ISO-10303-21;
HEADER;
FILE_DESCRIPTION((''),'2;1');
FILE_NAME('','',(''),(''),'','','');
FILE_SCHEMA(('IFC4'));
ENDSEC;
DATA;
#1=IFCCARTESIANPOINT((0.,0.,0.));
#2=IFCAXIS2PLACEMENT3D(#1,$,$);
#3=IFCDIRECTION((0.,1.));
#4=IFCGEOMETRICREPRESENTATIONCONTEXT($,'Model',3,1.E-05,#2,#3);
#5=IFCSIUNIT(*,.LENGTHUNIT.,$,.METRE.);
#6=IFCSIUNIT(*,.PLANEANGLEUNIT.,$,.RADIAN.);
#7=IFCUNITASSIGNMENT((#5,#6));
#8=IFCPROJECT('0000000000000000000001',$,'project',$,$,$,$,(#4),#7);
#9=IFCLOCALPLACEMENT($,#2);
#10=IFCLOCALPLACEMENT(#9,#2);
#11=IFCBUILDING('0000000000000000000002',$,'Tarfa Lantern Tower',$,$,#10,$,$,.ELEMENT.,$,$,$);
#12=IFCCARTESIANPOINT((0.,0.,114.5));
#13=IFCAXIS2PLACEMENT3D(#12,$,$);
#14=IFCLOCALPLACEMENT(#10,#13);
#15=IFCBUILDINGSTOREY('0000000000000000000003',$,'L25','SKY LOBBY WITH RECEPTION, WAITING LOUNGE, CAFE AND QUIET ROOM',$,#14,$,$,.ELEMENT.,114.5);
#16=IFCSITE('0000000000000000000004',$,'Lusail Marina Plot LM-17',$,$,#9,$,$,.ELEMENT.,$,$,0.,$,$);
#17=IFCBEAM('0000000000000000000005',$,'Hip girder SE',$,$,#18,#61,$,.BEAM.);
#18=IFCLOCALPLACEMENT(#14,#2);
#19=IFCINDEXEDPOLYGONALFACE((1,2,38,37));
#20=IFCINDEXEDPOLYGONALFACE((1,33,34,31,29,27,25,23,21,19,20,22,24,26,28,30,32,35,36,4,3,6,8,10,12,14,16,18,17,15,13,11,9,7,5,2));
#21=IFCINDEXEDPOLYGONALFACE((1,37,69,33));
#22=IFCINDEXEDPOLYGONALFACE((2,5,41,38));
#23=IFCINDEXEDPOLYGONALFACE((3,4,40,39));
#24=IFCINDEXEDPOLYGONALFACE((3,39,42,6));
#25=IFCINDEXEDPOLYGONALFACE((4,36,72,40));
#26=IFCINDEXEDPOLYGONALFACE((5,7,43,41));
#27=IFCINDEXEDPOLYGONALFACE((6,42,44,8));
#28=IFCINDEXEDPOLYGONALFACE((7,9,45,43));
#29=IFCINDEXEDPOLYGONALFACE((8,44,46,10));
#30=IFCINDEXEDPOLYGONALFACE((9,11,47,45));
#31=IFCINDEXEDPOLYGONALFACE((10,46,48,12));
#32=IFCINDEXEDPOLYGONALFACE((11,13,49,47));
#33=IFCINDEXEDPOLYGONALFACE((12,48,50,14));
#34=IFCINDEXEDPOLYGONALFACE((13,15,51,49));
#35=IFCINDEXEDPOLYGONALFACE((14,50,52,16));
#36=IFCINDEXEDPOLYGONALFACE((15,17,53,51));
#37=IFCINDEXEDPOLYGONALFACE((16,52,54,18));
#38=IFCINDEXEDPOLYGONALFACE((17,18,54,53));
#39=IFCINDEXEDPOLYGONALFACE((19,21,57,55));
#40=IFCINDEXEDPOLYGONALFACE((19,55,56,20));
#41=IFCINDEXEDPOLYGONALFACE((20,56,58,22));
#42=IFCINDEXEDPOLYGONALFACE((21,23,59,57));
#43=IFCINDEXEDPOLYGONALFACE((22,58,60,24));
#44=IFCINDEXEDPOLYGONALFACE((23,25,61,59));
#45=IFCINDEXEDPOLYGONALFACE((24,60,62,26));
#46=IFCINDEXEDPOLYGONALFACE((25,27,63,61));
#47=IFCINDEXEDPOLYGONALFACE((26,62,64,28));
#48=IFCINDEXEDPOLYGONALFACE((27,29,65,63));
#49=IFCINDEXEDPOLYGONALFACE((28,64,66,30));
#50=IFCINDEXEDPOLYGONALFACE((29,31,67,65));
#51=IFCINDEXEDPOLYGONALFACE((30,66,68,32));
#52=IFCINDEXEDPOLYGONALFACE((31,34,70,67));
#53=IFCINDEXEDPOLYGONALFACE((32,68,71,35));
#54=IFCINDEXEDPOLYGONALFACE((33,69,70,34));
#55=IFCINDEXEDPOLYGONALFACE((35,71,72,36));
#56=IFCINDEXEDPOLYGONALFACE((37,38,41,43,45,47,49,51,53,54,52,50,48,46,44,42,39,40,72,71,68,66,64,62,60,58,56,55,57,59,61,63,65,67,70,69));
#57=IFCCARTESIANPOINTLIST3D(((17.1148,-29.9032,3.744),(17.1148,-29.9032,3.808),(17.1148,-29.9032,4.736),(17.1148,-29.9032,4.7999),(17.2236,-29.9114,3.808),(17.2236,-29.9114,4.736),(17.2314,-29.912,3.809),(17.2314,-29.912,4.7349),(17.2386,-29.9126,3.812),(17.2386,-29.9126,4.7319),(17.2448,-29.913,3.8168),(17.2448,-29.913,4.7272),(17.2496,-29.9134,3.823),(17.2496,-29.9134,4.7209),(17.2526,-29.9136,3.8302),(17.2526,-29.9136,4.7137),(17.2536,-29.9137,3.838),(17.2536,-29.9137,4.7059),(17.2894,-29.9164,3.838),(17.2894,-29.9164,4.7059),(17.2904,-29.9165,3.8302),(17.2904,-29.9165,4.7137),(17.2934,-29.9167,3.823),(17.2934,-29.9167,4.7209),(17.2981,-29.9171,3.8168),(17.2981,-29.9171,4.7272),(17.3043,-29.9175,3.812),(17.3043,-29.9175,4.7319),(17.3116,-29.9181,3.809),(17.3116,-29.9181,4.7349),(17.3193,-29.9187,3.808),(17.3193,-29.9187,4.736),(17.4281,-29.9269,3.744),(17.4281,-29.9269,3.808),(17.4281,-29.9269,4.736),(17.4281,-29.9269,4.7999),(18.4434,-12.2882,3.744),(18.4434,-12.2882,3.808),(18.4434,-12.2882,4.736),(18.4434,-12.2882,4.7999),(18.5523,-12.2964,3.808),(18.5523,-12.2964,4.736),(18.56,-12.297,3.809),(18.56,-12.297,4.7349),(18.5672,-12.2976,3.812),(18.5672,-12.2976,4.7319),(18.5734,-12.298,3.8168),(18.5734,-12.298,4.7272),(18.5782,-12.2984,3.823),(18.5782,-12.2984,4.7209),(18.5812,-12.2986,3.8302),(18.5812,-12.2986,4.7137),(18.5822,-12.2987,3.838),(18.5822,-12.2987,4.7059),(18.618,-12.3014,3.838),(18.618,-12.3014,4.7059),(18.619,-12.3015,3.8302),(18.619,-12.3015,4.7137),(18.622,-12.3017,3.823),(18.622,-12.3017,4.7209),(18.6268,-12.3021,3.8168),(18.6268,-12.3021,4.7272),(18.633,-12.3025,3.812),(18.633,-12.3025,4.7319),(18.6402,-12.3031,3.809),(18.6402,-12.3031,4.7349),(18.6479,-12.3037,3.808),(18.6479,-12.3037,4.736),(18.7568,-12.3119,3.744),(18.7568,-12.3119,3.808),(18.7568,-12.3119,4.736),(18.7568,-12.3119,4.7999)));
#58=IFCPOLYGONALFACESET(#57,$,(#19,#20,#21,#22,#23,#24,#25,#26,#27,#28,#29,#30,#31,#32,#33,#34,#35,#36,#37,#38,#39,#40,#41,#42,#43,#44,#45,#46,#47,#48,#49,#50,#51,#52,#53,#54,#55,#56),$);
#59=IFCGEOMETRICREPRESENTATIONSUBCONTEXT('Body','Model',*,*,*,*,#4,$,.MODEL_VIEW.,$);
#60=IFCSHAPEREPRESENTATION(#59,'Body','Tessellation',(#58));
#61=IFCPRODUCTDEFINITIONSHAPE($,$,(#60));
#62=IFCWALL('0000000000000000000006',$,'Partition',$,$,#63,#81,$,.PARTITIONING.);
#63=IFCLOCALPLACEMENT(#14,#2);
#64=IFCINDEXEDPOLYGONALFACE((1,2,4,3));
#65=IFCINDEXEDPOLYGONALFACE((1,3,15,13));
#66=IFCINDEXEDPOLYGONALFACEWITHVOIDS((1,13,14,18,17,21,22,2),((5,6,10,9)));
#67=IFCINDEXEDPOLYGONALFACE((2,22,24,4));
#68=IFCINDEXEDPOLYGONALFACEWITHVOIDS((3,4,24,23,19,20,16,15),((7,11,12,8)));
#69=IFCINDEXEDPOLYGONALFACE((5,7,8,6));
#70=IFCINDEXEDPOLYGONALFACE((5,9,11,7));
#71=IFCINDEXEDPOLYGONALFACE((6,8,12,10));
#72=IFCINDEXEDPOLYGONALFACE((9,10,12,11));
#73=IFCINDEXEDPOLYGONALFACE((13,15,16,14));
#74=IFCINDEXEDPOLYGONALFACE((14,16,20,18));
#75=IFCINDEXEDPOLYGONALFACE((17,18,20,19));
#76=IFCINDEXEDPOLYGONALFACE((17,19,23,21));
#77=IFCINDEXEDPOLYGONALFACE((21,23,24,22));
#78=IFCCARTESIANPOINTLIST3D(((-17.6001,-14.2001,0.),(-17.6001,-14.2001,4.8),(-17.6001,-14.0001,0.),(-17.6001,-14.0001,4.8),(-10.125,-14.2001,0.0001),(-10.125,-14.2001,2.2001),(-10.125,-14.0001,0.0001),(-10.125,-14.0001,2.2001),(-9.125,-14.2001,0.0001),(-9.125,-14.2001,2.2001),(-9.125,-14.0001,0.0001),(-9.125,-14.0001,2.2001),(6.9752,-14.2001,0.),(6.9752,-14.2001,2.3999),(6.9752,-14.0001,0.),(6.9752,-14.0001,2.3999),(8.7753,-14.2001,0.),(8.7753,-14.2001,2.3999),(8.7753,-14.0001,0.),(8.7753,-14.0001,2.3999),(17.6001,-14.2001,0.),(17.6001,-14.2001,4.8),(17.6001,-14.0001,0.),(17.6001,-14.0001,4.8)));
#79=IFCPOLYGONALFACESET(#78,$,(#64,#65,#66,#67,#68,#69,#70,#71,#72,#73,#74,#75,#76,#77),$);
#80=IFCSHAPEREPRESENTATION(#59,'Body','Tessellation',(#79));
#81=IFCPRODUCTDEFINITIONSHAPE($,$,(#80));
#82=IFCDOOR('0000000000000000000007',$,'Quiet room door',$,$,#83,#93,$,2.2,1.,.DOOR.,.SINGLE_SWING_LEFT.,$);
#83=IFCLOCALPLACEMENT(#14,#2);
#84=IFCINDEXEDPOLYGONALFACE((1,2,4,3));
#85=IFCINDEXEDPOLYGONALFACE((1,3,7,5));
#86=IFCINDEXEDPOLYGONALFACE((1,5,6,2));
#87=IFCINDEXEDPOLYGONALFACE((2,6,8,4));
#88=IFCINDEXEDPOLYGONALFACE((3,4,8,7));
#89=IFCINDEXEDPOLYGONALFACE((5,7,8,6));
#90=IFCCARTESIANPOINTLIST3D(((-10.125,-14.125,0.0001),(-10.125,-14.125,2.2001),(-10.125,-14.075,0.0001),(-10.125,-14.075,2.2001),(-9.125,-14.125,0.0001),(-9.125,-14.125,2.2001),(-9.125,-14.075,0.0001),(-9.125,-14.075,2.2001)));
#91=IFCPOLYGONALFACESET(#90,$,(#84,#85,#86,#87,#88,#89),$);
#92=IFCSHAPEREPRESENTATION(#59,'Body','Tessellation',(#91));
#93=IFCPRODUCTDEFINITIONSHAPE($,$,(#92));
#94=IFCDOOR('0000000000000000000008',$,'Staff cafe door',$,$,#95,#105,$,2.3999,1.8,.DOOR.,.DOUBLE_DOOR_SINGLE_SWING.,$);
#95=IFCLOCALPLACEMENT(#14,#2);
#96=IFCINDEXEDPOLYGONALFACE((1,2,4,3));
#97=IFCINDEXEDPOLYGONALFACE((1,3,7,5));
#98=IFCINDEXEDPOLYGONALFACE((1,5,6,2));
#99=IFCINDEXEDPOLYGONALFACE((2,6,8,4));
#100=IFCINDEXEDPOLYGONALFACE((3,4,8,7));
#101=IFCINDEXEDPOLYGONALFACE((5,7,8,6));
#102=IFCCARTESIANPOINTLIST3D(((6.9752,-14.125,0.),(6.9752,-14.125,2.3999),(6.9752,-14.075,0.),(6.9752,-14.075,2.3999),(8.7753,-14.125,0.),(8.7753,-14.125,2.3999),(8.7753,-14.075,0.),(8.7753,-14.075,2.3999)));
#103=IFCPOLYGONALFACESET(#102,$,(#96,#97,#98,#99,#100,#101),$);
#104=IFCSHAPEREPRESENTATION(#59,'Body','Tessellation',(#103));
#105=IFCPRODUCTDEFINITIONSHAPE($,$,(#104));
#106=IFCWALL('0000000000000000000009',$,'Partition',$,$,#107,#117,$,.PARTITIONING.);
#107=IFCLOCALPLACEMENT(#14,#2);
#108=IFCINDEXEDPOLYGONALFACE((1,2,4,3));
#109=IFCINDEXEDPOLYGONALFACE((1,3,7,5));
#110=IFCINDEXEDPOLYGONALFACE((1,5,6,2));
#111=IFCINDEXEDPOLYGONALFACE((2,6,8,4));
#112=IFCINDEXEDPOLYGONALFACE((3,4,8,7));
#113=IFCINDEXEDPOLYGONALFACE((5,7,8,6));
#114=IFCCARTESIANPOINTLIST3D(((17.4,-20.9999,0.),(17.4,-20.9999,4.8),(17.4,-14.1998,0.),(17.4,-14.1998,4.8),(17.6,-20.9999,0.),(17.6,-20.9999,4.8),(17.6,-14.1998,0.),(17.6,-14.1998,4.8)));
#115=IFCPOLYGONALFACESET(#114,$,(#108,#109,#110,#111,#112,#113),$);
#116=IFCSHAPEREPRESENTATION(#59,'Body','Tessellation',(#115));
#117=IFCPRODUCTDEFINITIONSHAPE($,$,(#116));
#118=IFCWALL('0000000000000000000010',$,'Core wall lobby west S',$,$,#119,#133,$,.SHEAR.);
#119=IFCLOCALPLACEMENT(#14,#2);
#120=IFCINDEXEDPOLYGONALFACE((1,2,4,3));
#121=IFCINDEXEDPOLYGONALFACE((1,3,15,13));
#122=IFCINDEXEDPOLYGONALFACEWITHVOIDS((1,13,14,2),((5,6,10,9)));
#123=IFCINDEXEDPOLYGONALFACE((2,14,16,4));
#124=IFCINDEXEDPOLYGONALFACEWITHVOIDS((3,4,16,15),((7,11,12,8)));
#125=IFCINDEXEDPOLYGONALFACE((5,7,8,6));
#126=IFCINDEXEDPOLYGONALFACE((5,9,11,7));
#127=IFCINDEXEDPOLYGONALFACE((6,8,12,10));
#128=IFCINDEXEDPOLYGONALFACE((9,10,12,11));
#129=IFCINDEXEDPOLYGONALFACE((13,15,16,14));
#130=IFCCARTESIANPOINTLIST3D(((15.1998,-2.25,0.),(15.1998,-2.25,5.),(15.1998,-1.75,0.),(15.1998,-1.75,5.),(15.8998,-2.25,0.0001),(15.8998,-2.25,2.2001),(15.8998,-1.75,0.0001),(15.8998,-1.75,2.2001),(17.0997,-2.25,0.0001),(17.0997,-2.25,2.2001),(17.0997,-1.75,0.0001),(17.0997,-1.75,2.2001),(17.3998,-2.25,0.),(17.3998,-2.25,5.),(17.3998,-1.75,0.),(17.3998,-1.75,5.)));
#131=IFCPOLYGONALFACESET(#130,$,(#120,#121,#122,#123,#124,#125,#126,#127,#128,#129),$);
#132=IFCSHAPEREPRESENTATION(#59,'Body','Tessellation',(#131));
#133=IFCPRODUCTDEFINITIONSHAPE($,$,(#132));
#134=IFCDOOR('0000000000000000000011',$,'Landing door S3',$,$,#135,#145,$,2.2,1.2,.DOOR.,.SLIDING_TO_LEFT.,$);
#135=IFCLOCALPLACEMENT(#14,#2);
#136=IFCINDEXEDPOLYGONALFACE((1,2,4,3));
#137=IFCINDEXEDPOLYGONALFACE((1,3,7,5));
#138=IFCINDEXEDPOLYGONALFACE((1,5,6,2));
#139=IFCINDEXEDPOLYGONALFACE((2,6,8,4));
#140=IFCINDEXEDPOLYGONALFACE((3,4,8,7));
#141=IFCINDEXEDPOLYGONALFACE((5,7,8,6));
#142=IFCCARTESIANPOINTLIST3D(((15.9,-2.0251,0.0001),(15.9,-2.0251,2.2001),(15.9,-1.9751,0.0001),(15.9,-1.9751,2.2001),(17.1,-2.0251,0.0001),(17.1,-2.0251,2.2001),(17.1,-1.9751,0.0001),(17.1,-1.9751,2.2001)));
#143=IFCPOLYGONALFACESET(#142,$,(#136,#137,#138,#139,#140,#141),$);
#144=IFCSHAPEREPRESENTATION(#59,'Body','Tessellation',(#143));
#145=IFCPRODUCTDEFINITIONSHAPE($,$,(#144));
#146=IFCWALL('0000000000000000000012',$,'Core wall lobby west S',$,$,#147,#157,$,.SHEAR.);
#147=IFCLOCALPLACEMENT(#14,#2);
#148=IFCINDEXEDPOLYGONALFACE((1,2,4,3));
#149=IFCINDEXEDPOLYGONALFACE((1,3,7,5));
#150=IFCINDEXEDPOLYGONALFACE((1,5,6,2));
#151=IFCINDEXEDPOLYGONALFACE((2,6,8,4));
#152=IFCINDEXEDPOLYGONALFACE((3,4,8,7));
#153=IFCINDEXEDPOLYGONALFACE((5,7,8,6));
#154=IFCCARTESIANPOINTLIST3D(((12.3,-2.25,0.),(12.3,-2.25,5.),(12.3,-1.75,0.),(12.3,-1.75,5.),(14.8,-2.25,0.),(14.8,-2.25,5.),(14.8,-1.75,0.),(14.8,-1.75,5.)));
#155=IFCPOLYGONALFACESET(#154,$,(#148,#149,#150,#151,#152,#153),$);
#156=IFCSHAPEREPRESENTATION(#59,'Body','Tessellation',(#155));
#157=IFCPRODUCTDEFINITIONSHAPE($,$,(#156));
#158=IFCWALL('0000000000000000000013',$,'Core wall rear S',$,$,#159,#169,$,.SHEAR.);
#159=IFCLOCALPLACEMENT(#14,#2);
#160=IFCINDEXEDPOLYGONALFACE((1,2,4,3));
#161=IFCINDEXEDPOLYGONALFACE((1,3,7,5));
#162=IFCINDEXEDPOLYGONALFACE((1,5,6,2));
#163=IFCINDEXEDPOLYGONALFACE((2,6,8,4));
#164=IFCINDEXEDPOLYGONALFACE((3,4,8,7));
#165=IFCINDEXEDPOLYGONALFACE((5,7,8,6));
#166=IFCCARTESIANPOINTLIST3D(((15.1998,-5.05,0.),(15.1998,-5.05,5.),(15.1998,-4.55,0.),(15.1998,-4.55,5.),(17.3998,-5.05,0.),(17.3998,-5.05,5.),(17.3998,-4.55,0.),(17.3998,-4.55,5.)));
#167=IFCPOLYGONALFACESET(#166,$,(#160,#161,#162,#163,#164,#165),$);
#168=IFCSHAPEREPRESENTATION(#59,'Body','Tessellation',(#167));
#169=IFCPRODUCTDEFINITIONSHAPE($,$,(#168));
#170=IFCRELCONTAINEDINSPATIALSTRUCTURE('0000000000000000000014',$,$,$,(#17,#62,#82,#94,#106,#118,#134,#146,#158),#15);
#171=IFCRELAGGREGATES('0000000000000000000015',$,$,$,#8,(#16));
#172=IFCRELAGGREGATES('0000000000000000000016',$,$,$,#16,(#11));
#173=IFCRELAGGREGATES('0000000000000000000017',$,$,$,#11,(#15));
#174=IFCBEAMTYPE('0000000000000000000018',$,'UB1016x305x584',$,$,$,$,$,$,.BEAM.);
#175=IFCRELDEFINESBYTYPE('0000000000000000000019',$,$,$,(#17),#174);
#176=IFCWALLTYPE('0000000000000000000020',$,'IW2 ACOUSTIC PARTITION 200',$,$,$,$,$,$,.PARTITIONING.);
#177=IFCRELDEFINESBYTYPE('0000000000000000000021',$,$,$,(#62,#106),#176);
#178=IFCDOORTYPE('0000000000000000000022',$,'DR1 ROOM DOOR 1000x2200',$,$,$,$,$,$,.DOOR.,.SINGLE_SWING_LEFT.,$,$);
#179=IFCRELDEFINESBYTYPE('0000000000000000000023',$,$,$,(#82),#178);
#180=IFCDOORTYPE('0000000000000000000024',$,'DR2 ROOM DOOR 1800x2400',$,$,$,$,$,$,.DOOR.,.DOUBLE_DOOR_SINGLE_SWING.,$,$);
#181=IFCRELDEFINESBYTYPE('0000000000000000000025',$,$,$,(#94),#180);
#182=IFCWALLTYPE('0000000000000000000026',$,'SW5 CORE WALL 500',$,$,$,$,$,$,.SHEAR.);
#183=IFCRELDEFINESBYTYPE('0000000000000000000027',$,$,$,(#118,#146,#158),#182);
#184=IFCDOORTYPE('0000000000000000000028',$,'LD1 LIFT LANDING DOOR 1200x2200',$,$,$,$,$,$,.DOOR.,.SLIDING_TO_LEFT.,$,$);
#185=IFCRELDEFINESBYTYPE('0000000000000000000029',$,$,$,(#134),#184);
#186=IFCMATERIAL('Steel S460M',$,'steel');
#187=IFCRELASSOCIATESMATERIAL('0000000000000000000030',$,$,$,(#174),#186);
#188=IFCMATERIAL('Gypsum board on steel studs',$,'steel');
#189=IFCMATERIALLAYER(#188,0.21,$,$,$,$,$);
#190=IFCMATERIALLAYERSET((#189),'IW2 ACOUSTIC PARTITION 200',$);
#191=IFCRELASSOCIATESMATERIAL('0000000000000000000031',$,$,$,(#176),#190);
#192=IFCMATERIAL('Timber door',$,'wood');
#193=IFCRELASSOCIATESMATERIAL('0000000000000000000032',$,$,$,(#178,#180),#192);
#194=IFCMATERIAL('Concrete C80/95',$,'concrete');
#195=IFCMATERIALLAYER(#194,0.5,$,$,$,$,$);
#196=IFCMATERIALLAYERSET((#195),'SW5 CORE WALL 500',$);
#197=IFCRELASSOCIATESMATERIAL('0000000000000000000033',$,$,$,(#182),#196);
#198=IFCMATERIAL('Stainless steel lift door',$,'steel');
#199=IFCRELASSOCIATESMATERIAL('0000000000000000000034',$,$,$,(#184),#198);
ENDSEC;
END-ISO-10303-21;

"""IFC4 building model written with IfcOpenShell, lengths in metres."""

from ifc_helpers import new_model, si_unit, direction, frame, frame_2d, origin, origin_2d, place, context, subcontext, project, spatial, rectangle, i_section, extrude, material, layer, layer_set, material_profile, profile_set, type_object, element, fill, save


model = new_model("IFC4")

# Units and contexts
model_context = context("Model", 3, precision=1e-05, world=origin(), true_north=direction((0.0, 1.0)))
body_context = subcontext(model_context, "Body", "Model", "MODEL_VIEW")
ifc_project = project(units=[si_unit("LENGTHUNIT", "METRE"), si_unit("PLANEANGLEUNIT", "RADIAN")], contexts=[model_context])

# Site, building, storey
site_placement = place(None, origin())
site = spatial("IfcSite", under=ifc_project, at=site_placement, Name="Lusail Marina Plot LM-17", CompositionType="ELEMENT", RefElevation=0.0)
building_placement = place(site_placement, origin())
building = spatial("IfcBuilding", under=site, at=building_placement, Name="Tarfa Lantern Tower", CompositionType="ELEMENT")
storey_placement = place(building_placement, frame((0.0, 0.0, 114.5)))
storey = spatial("IfcBuildingStorey", under=building, at=storey_placement, Name="L25", Description="SKY LOBBY WITH RECEPTION, WAITING LOUNGE, CAFE AND QUIET ROOM", CompositionType="ELEMENT", Elevation=114.5)

# Beam
ifc_material_1 = material(Name="Steel S460M", Category="steel")
ifc_material_profile = material_profile(ifc_material_1, i_section(OverallWidth=0.3142, OverallDepth=1.0559, WebThickness=0.0359, FlangeThickness=0.064, FilletRadius=0.03, at=origin_2d()), Name="UB1016x305x584")
ifc_profile_set = profile_set([ifc_material_profile], Name="Steel S460M")
beam_type = type_object("IfcBeamType", Name="UB1016x305x584", PredefinedType="BEAM", material=ifc_profile_set)
beam_placement = place(storey_placement, frame((18.6001, -12.3, 4.272), z_axis=(-0.075212, -0.997168, 0.0), x_axis=(0.997168, -0.075212, 0.0)))
element("IfcBeam", 1, at=beam_placement, inside=storey, type_object=beam_type, Name="Hip girder SE", PredefinedType="BEAM", context=body_context, shape_type="SweptSolid", body=[
    extrude(i_section(OverallWidth=0.3142, OverallDepth=1.0559, WebThickness=0.0359, FlangeThickness=0.064, FilletRadius=0.03, at=origin_2d()), origin(), (0.0, 0.0, 1.0), 17.665),
])

# Wall, openings, doors
ifc_material_2 = material(Name="Gypsum board on steel studs", Category="steel")
ifc_layer_1 = layer(ifc_material_2, 0.21)
ifc_layer_set_1 = layer_set([ifc_layer_1], Name="IW2 ACOUSTIC PARTITION 200")
wall_type_1 = type_object("IfcWallType", Name="IW2 ACOUSTIC PARTITION 200", PredefinedType="PARTITIONING", material=ifc_layer_set_1)
wall_1_placement = place(storey_placement, frame((17.6001, -14.1001, 0.0), z_axis=(0.0, 0.0, 1.0), x_axis=(-1.0, 0.0, 0.0)))
wall_1 = element("IfcWall", 2, at=wall_1_placement, inside=storey, type_object=wall_type_1, Name="Partition", PredefinedType="PARTITIONING", context=body_context, shape_type="SweptSolid", body=[
    extrude(rectangle(XDim=35.2002, YDim=0.2, at=frame_2d((17.6001, 0.0))), origin(), (0.0, 0.0, 1.0), 4.8),
])
opening_1_placement = place(wall_1_placement, frame((8.825, 0.0, 0.0)))
opening_1 = element("IfcOpeningElement", 3, at=opening_1_placement, cuts=wall_1, PredefinedType="OPENING", context=body_context, shape_type="SweptSolid", body=[
    extrude(rectangle(XDim=1.8, YDim=2.3999, at=frame_2d((0.8999, 1.2))), frame((0.0, 0.1099, 0.0), z_axis=(0.0, -1.0, 0.0), x_axis=(1.0, 0.0, 0.0)), (0.0, 0.0, 1.0), 0.22),
])
opening_2_placement = place(wall_1_placement, frame((26.7251, 0.0, 0.0)))
opening_2 = element("IfcOpeningElement", 4, at=opening_2_placement, cuts=wall_1, PredefinedType="OPENING", context=body_context, shape_type="SweptSolid", body=[
    extrude(rectangle(XDim=1.0, YDim=2.2, at=frame_2d((0.5, 1.1001))), frame((0.0, 0.1099, 0.0), z_axis=(0.0, -1.0, 0.0), x_axis=(1.0, 0.0, 0.0)), (0.0, 0.0, 1.0), 0.22),
])
ifc_material_3 = material(Name="Timber door", Category="wood")
door_type_1 = type_object("IfcDoorType", Name="DR1 ROOM DOOR 1000x2200", OperationType="SINGLE_SWING_LEFT", PredefinedType="DOOR", material=ifc_material_3)
door_1_placement = place(opening_2_placement, origin())
door_1 = element("IfcDoor", 5, at=door_1_placement, inside=storey, type_object=door_type_1, Name="Quiet room door", OperationType="SINGLE_SWING_LEFT", OverallHeight=2.2, OverallWidth=1.0, PredefinedType="DOOR", context=body_context, shape_type="SweptSolid", body=[
    extrude(rectangle(XDim=1.0, YDim=2.2, at=frame_2d((0.5, 1.1001))), frame((0.0, 0.0249, 0.0), z_axis=(0.0, -1.0, 0.0), x_axis=(1.0, 0.0, 0.0)), (0.0, 0.0, 1.0), 0.05),
])
fill(opening_2, door_1)
door_type_2 = type_object("IfcDoorType", Name="DR2 ROOM DOOR 1800x2400", OperationType="DOUBLE_DOOR_SINGLE_SWING", PredefinedType="DOOR", material=ifc_material_3)
door_2_placement = place(opening_1_placement, origin())
door_2 = element("IfcDoor", 6, at=door_2_placement, inside=storey, type_object=door_type_2, Name="Staff cafe door", OperationType="DOUBLE_DOOR_SINGLE_SWING", OverallHeight=2.3999, OverallWidth=1.8, PredefinedType="DOOR", context=body_context, shape_type="SweptSolid", body=[
    extrude(rectangle(XDim=1.8, YDim=2.3999, at=frame_2d((0.8999, 1.2))), frame((0.0, 0.0249, 0.0), z_axis=(0.0, -1.0, 0.0), x_axis=(1.0, 0.0, 0.0)), (0.0, 0.0, 1.0), 0.05),
])
fill(opening_1, door_2)

# Wall
wall_2_placement = place(storey_placement, frame((17.5, -14.2, 0.0), z_axis=(0.0, 0.0, 1.0), x_axis=(0.0, -1.0, 0.0)))
element("IfcWall", 7, at=wall_2_placement, inside=storey, type_object=wall_type_1, Name="Partition", PredefinedType="PARTITIONING", context=body_context, shape_type="SweptSolid", body=[
    extrude(rectangle(XDim=6.8, YDim=0.2, at=frame_2d((3.3999, 0.0))), origin(), (0.0, 0.0, 1.0), 4.8),
])

# Wall, opening, door
ifc_material_4 = material(Name="Concrete C80/95", Category="concrete")
ifc_layer_2 = layer(ifc_material_4, 0.5)
ifc_layer_set_2 = layer_set([ifc_layer_2], Name="SW5 CORE WALL 500")
wall_type_2 = type_object("IfcWallType", Name="SW5 CORE WALL 500", PredefinedType="SHEAR", material=ifc_layer_set_2)
wall_3_placement = place(storey_placement, frame((17.3999, -2.0, 0.0), z_axis=(0.0, 0.0, 1.0), x_axis=(-1.0, 0.0, 0.0)))
wall_3 = element("IfcWall", 8, at=wall_3_placement, inside=storey, type_object=wall_type_2, Name="Core wall lobby west S", PredefinedType="SHEAR", context=body_context, shape_type="SweptSolid", body=[
    extrude(rectangle(XDim=2.2, YDim=0.5, at=frame_2d((1.1001, 0.0))), origin(), (0.0, 0.0, 1.0), 5.0),
])
opening_3_placement = place(wall_3_placement, frame((0.3, 0.0, 0.0)))
opening_3 = element("IfcOpeningElement", 9, at=opening_3_placement, cuts=wall_3, PredefinedType="OPENING", context=body_context, shape_type="SweptSolid", body=[
    extrude(rectangle(XDim=1.2, YDim=2.2, at=frame_2d((0.6001, 1.1001))), frame((0.0, 0.26, 0.0), z_axis=(0.0, -1.0, 0.0), x_axis=(1.0, 0.0, 0.0)), (0.0, 0.0, 1.0), 0.52),
])
ifc_material_5 = material(Name="Stainless steel lift door", Category="steel")
door_type_3 = type_object("IfcDoorType", Name="LD1 LIFT LANDING DOOR 1200x2200", OperationType="SLIDING_TO_LEFT", PredefinedType="DOOR", material=ifc_material_5)
door_3_placement = place(opening_3_placement, frame((1.2, 0.0, 0.0), z_axis=(0.0, 0.0, 1.0), x_axis=(-1.0, 0.0, 0.0)))
door_3 = element("IfcDoor", 10, at=door_3_placement, inside=storey, type_object=door_type_3, Name="Landing door S3", OperationType="SLIDING_TO_LEFT", OverallHeight=2.2, OverallWidth=1.2, PredefinedType="DOOR", context=body_context, shape_type="SweptSolid", body=[
    extrude(rectangle(XDim=1.2, YDim=2.2, at=frame_2d((0.6001, 1.1001))), frame((0.0, 0.0249, 0.0), z_axis=(0.0, -1.0, 0.0), x_axis=(1.0, 0.0, 0.0)), (0.0, 0.0, 1.0), 0.05),
])
fill(opening_3, door_3)

# Walls
wall_4_placement = place(storey_placement, frame((14.8, -2.0, 0.0), z_axis=(0.0, 0.0, 1.0), x_axis=(-1.0, 0.0, 0.0)))
element("IfcWall", 11, at=wall_4_placement, inside=storey, type_object=wall_type_2, Name="Core wall lobby west S", PredefinedType="SHEAR", context=body_context, shape_type="SweptSolid", body=[
    extrude(rectangle(XDim=2.5, YDim=0.5, at=frame_2d((1.25, 0.0))), origin(), (0.0, 0.0, 1.0), 5.0),
])
wall_5_placement = place(storey_placement, frame((17.3999, -4.8, 0.0), z_axis=(0.0, 0.0, 1.0), x_axis=(-1.0, 0.0, 0.0)))
element("IfcWall", 12, at=wall_5_placement, inside=storey, type_object=wall_type_2, Name="Core wall rear S", PredefinedType="SHEAR", context=body_context, shape_type="SweptSolid", body=[
    extrude(rectangle(XDim=2.2, YDim=0.5, at=frame_2d((1.1001, 0.0))), origin(), (0.0, 0.0, 1.0), 5.0),
])

save(model, "model.ifc")
